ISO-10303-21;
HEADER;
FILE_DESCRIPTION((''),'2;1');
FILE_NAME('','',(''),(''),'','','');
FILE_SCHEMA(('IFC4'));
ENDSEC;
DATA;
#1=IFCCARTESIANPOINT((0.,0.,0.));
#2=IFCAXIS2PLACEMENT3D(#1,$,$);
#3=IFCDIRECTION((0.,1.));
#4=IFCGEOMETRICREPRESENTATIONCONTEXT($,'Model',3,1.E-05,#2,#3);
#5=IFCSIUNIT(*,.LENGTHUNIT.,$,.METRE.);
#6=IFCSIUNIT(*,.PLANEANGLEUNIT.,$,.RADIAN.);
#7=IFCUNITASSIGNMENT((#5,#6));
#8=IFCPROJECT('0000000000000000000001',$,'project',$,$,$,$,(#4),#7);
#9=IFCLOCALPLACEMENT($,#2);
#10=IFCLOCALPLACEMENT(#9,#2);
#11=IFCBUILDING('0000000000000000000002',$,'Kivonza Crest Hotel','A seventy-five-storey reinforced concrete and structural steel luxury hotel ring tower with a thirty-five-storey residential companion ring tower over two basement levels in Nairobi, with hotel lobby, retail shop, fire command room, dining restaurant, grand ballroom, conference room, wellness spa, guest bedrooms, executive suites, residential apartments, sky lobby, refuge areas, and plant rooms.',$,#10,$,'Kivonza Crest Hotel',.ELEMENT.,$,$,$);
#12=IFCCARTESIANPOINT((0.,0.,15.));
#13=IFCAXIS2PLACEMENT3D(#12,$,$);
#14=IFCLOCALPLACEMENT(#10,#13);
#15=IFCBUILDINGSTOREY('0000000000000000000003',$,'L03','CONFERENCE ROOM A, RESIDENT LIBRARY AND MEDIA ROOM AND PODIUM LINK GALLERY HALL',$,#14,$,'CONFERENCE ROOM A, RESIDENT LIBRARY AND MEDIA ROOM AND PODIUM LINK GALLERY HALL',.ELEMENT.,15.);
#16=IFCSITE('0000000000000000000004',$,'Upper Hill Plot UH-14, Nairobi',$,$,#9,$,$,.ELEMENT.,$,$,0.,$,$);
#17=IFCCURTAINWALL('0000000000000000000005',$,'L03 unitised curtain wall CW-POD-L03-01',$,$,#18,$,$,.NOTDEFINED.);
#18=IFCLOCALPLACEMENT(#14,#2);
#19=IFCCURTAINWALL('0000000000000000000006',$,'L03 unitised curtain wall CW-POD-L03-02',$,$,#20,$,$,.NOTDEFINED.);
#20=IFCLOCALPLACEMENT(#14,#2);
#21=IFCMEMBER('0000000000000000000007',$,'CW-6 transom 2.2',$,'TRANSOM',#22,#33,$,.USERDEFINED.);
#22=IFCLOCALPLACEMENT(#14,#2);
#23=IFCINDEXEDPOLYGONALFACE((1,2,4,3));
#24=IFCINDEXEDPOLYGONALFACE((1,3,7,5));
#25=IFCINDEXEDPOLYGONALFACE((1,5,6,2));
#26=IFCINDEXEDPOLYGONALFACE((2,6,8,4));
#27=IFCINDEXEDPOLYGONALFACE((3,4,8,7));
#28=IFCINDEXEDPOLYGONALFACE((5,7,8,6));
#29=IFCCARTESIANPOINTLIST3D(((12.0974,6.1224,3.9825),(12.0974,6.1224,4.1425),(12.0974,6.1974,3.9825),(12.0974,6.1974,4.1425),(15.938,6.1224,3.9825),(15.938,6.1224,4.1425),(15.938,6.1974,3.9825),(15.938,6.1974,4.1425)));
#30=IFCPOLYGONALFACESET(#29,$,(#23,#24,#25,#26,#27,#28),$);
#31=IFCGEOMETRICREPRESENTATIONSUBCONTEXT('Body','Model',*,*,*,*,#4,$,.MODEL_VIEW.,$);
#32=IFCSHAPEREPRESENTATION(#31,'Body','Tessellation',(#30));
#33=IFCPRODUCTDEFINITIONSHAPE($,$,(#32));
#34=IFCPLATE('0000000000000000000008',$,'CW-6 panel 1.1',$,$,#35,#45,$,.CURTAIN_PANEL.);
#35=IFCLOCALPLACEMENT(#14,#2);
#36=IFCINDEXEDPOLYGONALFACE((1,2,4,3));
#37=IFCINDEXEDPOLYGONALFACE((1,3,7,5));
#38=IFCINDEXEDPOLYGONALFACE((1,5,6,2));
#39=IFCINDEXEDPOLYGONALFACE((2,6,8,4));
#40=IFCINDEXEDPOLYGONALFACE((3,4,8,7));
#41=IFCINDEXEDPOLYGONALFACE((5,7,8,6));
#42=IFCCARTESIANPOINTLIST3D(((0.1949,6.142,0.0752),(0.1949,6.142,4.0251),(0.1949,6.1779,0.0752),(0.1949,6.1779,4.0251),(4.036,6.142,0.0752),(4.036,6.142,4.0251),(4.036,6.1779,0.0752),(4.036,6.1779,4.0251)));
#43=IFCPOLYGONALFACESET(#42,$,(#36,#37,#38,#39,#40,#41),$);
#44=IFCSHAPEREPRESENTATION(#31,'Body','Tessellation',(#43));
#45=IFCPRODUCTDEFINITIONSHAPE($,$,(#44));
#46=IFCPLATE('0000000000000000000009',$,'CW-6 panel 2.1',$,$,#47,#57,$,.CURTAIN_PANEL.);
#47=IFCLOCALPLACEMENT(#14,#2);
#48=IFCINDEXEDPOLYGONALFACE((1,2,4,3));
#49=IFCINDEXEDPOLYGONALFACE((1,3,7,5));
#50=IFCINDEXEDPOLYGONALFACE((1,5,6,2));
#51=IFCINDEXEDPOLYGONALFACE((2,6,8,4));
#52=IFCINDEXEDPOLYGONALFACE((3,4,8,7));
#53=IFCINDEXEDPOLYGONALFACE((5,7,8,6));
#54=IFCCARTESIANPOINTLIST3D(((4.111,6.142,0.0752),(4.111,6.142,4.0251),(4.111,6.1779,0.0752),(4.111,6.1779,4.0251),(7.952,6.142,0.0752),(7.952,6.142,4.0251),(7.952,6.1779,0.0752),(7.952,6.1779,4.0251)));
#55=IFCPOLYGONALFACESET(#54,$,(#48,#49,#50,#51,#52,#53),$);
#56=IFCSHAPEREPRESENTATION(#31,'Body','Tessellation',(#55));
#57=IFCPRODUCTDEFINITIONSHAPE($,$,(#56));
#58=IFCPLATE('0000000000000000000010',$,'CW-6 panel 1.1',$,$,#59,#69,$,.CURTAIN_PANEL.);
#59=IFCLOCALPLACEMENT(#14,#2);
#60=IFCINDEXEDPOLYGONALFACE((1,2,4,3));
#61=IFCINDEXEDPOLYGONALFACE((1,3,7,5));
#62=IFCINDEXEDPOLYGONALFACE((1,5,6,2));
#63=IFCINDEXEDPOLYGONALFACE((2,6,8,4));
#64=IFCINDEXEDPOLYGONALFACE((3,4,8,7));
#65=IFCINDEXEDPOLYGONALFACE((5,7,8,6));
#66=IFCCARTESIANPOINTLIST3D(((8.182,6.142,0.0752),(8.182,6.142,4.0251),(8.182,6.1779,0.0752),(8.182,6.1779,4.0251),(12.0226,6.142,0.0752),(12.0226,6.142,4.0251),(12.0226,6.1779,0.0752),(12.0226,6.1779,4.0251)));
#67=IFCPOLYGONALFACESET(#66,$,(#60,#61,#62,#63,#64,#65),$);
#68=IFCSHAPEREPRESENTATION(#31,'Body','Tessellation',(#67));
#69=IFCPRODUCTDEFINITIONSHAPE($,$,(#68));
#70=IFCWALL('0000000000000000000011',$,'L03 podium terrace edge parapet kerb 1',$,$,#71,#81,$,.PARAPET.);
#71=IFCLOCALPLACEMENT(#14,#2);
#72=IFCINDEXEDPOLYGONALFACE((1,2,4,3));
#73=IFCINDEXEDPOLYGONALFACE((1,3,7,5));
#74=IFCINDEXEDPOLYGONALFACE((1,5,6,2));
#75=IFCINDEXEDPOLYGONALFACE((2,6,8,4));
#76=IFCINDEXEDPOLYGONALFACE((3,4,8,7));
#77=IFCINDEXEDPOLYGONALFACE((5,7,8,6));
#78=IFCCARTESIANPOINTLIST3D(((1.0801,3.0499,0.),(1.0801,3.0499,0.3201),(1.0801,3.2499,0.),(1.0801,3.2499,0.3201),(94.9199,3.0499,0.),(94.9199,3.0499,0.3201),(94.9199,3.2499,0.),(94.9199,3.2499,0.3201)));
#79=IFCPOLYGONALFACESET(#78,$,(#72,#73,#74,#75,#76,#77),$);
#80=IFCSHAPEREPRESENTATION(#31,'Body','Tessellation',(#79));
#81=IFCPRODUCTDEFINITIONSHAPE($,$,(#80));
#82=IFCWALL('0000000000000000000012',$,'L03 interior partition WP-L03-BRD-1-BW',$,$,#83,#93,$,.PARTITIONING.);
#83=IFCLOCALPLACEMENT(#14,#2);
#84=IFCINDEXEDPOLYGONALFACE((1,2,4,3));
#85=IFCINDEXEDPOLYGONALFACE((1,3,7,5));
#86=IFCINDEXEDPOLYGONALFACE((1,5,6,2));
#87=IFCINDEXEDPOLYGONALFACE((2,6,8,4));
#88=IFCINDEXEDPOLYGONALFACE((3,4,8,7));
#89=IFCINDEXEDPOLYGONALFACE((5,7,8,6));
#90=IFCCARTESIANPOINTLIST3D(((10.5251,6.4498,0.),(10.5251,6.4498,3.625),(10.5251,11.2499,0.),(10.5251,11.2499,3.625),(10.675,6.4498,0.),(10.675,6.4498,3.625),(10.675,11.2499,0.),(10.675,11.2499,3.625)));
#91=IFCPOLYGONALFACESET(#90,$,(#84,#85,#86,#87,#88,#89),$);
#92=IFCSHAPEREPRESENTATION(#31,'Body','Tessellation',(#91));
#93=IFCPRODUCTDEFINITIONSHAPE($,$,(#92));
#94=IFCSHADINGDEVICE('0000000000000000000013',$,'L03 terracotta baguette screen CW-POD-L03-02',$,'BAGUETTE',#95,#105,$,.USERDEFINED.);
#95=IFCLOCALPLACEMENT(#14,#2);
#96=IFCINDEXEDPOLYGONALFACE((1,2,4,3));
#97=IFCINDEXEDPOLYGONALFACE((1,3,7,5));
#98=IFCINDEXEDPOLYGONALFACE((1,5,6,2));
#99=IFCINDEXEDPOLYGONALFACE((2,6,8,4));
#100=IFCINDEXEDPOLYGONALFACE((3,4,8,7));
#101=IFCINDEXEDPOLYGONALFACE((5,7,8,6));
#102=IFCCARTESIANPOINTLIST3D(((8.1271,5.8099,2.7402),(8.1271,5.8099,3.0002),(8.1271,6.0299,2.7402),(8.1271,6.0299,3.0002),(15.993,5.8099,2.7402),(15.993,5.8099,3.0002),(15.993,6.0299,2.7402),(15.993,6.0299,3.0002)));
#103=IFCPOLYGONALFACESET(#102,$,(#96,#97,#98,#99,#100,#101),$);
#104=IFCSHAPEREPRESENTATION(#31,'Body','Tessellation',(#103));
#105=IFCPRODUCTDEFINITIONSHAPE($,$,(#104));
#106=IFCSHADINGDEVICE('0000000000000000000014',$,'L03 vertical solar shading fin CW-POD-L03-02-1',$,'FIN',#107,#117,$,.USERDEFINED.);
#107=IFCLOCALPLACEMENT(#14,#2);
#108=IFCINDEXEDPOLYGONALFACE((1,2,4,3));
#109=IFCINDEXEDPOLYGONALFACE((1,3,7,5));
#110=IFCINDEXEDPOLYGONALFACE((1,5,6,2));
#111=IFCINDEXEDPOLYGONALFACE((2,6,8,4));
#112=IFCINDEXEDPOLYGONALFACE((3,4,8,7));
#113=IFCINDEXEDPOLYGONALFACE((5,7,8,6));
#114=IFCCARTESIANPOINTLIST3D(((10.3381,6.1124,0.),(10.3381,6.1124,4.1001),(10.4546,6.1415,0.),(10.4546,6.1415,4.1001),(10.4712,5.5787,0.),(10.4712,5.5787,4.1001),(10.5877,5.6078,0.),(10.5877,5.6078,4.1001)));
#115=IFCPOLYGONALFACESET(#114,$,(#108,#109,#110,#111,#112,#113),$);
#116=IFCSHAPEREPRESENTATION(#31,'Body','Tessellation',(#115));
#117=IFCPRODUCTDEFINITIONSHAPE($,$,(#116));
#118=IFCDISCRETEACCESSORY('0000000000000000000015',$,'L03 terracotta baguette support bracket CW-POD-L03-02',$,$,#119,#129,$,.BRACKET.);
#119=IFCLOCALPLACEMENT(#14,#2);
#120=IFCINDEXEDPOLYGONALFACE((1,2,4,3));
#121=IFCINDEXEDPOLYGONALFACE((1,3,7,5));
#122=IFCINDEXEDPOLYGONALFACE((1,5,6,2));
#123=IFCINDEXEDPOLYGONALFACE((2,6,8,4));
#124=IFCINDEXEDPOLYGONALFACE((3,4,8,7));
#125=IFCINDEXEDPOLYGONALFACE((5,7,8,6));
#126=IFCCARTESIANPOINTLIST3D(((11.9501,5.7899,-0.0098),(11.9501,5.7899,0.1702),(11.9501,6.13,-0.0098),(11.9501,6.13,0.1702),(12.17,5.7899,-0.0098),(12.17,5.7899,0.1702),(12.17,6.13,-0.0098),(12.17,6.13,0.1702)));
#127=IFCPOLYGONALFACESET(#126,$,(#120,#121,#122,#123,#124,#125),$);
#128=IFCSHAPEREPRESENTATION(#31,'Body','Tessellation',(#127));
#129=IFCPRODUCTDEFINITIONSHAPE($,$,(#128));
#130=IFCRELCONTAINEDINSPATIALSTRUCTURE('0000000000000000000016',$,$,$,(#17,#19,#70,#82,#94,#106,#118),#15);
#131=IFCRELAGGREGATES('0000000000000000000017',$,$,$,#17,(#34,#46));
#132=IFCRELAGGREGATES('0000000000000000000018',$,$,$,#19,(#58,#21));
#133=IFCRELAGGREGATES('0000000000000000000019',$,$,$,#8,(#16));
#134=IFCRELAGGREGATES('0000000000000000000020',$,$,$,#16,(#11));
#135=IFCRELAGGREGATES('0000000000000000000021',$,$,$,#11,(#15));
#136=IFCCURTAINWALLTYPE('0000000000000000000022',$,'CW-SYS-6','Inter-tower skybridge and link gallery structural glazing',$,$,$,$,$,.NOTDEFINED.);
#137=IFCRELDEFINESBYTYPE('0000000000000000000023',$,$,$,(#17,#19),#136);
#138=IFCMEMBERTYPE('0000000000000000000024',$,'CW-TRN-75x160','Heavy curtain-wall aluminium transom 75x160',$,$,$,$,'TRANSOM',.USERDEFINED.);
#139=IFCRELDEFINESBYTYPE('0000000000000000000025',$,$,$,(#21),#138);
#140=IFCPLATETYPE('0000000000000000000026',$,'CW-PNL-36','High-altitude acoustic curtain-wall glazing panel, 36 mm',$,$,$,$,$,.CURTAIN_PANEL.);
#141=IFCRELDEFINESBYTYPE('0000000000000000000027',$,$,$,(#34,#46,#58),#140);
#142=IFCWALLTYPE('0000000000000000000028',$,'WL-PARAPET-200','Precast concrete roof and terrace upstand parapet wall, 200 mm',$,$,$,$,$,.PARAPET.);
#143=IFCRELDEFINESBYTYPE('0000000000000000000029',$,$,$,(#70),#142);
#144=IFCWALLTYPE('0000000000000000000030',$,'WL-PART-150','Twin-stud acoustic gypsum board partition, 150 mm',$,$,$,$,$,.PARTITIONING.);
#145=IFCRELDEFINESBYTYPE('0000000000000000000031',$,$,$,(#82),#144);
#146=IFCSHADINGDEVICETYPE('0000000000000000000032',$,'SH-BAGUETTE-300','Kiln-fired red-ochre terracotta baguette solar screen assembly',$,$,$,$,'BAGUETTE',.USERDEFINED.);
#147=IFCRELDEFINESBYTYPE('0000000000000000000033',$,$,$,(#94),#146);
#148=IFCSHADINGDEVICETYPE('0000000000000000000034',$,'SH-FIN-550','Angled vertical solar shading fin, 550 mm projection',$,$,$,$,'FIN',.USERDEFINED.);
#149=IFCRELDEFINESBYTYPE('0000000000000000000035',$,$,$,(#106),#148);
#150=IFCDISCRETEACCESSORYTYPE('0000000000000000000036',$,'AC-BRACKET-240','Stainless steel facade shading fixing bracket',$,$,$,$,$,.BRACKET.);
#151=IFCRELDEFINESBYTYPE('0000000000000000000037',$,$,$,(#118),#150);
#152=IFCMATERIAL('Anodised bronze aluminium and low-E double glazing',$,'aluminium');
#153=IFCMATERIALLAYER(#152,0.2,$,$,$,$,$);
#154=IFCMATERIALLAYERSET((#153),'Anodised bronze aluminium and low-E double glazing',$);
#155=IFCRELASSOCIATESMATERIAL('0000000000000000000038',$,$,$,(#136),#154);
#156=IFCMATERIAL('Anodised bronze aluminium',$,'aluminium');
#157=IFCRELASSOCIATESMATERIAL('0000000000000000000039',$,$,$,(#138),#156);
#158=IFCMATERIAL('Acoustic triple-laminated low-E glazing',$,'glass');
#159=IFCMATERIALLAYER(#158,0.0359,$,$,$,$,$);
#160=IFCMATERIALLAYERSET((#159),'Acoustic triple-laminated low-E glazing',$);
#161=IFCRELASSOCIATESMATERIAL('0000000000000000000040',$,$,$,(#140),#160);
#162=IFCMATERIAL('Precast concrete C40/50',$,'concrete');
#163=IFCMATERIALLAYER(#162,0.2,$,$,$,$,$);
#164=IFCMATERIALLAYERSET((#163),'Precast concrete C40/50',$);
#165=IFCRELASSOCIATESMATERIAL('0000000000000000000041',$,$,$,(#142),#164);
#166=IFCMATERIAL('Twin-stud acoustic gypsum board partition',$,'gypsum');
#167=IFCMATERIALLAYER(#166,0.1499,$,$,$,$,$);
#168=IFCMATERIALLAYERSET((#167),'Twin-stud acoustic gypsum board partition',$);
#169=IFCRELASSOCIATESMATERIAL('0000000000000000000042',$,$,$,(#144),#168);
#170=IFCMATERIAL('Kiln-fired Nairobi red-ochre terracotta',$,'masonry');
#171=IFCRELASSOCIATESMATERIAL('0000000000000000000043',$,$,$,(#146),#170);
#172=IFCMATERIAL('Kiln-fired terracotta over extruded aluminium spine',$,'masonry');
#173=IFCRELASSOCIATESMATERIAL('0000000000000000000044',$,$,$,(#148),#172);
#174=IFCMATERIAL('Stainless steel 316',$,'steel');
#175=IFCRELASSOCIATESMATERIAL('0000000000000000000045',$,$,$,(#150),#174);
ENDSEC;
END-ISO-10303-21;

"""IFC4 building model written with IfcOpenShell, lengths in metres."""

from ifc_helpers import new_model, si_unit, direction, frame, frame_2d, origin, origin_2d, place, context, subcontext, project, spatial, rectangle, extrude, material, layer, layer_set, material_profile, profile_set, type_object, element, aggregate, save


model = new_model("IFC4")

# Units and contexts
model_context = context("Model", 3, precision=1e-05, world=origin(), true_north=direction((0.0, 1.0)))
body_context = subcontext(model_context, "Body", "Model", "MODEL_VIEW")
ifc_project = project(units=[si_unit("LENGTHUNIT", "METRE"), si_unit("PLANEANGLEUNIT", "RADIAN")], contexts=[model_context])

# Site, building, storey
site_placement = place(None, origin())
site = spatial("IfcSite", under=ifc_project, at=site_placement, Name="Upper Hill Plot UH-14, Nairobi", CompositionType="ELEMENT", RefElevation=0.0)
building_placement = place(site_placement, origin())
building = spatial("IfcBuilding", under=site, at=building_placement, Name="Kivonza Crest Hotel", Description="A seventy-five-storey reinforced concrete and structural steel luxury hotel ring tower with a thirty-five-storey residential companion ring tower over two basement levels in Nairobi, with hotel lobby, retail shop, fire command room, dining restaurant, grand ballroom, conference room, wellness spa, guest bedrooms, executive suites, residential apartments, sky lobby, refuge areas, and plant rooms.", LongName="Kivonza Crest Hotel", CompositionType="ELEMENT")
storey_placement = place(building_placement, frame((0.0, 0.0, 15.0)))
storey = spatial("IfcBuildingStorey", under=building, at=storey_placement, Name="L03", Description="CONFERENCE ROOM A, RESIDENT LIBRARY AND MEDIA ROOM AND PODIUM LINK GALLERY HALL", LongName="CONFERENCE ROOM A, RESIDENT LIBRARY AND MEDIA ROOM AND PODIUM LINK GALLERY HALL", CompositionType="ELEMENT", Elevation=15.0)

# Curtain walls
ifc_material_1 = material(Name="Anodised bronze aluminium and low-E double glazing", Category="aluminium")
ifc_layer_1 = layer(ifc_material_1, 0.2)
ifc_layer_set_1 = layer_set([ifc_layer_1], Name="Anodised bronze aluminium and low-E double glazing")
curtain_wall_type = type_object("IfcCurtainWallType", Name="CW-SYS-6", Description="Inter-tower skybridge and link gallery structural glazing", PredefinedType="NOTDEFINED", material=ifc_layer_set_1)
curtain_wall_1_placement = place(storey_placement, origin())
curtain_wall_1 = element("IfcCurtainWall", 1, at=curtain_wall_1_placement, inside=storey, type_object=curtain_wall_type, Name="L03 unitised curtain wall CW-POD-L03-01", PredefinedType="NOTDEFINED")
ifc_material_2 = material(Name="Anodised bronze aluminium", Category="aluminium")
curtain_wall_2_placement = place(storey_placement, origin())
curtain_wall_2 = element("IfcCurtainWall", 2, at=curtain_wall_2_placement, inside=storey, type_object=curtain_wall_type, Name="L03 unitised curtain wall CW-POD-L03-02", PredefinedType="NOTDEFINED")

# Member
ifc_material_profile_1 = material_profile(ifc_material_2, rectangle(XDim=0.075, YDim=0.1599, at=origin_2d()), Name="CW-T 75x160")
ifc_profile_set_1 = profile_set([ifc_material_profile_1], Name="Anodised bronze aluminium")
member_type_1 = type_object("IfcMemberType", Name="CW-TRN-75x160", Description="Heavy curtain-wall aluminium transom 75x160", ElementType="TRANSOM", PredefinedType="USERDEFINED", material=ifc_profile_set_1)
member_1_placement = place(storey_placement, frame((12.0974, 6.1599, 4.0625), z_axis=(1.0, 0.0, 0.0), x_axis=(0.0, 1.0, 0.0)))
member_1 = element("IfcMember", 3, at=member_1_placement, type_object=member_type_1, Name="CW-6 transom 2.2", ObjectType="TRANSOM", PredefinedType="USERDEFINED", context=body_context, shape_type="SweptSolid", body=[
    extrude(rectangle(XDim=0.075, YDim=0.1599, at=origin_2d()), origin(), (0.0, 0.0, 1.0), 3.8406),
])

# Plates
ifc_material_3 = material(Name="Acoustic triple-laminated low-E glazing", Category="glass")
ifc_layer_2 = layer(ifc_material_3, 0.0359)
ifc_layer_set_2 = layer_set([ifc_layer_2], Name="Acoustic triple-laminated low-E glazing")
plate_type = type_object("IfcPlateType", Name="CW-PNL-36", Description="High-altitude acoustic curtain-wall glazing panel, 36 mm", PredefinedType="CURTAIN_PANEL", material=ifc_layer_set_2)
plate_1_placement = place(storey_placement, frame((2.1155, 6.1599, 0.0752), z_axis=(0.0, 0.0, 1.0), x_axis=(1.0, 0.0, 0.0)))
plate_1 = element("IfcPlate", 4, at=plate_1_placement, type_object=plate_type, Name="CW-6 panel 1.1", PredefinedType="CURTAIN_PANEL", context=body_context, shape_type="SweptSolid", body=[
    extrude(rectangle(XDim=3.8411, YDim=0.0359, at=origin_2d()), origin(), (0.0, 0.0, 1.0), 3.95),
])
plate_2_placement = place(storey_placement, frame((6.0315, 6.1599, 0.0752), z_axis=(0.0, 0.0, 1.0), x_axis=(1.0, 0.0, 0.0)))
plate_2 = element("IfcPlate", 5, at=plate_2_placement, type_object=plate_type, Name="CW-6 panel 2.1", PredefinedType="CURTAIN_PANEL", context=body_context, shape_type="SweptSolid", body=[
    extrude(rectangle(XDim=3.8411, YDim=0.0359, at=origin_2d()), origin(), (0.0, 0.0, 1.0), 3.95),
])
aggregate(curtain_wall_1, [plate_1, plate_2])
plate_3_placement = place(storey_placement, frame((10.1023, 6.1599, 0.0752), z_axis=(0.0, 0.0, 1.0), x_axis=(1.0, 0.0, 0.0)))
plate_3 = element("IfcPlate", 6, at=plate_3_placement, type_object=plate_type, Name="CW-6 panel 1.1", PredefinedType="CURTAIN_PANEL", context=body_context, shape_type="SweptSolid", body=[
    extrude(rectangle(XDim=3.8406, YDim=0.0359, at=origin_2d()), origin(), (0.0, 0.0, 1.0), 3.95),
])
aggregate(curtain_wall_2, [plate_3, member_1])

# Walls
ifc_material_4 = material(Name="Precast concrete C40/50", Category="concrete")
ifc_layer_3 = layer(ifc_material_4, 0.2)
ifc_layer_set_3 = layer_set([ifc_layer_3], Name="Precast concrete C40/50")
wall_type_1 = type_object("IfcWallType", Name="WL-PARAPET-200", Description="Precast concrete roof and terrace upstand parapet wall, 200 mm", PredefinedType="PARAPET", material=ifc_layer_set_3)
wall_1_placement = place(storey_placement, frame((1.0801, 3.1499, 0.0), z_axis=(0.0, 0.0, 1.0), x_axis=(1.0, 0.0, 0.0)))
element("IfcWall", 7, at=wall_1_placement, inside=storey, type_object=wall_type_1, Name="L03 podium terrace edge parapet kerb 1", PredefinedType="PARAPET", context=body_context, shape_type="SweptSolid", body=[
    extrude(rectangle(XDim=93.8398, YDim=0.2, at=frame_2d((46.9199, 0.0))), origin(), (0.0, 0.0, 1.0), 0.3201),
])
ifc_material_5 = material(Name="Twin-stud acoustic gypsum board partition", Category="gypsum")
ifc_layer_4 = layer(ifc_material_5, 0.1499)
ifc_layer_set_4 = layer_set([ifc_layer_4], Name="Twin-stud acoustic gypsum board partition")
wall_type_2 = type_object("IfcWallType", Name="WL-PART-150", Description="Twin-stud acoustic gypsum board partition, 150 mm", PredefinedType="PARTITIONING", material=ifc_layer_set_4)
wall_2_placement = place(storey_placement, frame((10.6001, 6.45, 0.0), z_axis=(0.0, 0.0, 1.0), x_axis=(0.0, 1.0, 0.0)))
element("IfcWall", 8, at=wall_2_placement, inside=storey, type_object=wall_type_2, Name="L03 interior partition WP-L03-BRD-1-BW", PredefinedType="PARTITIONING", context=body_context, shape_type="SweptSolid", body=[
    extrude(rectangle(XDim=4.8, YDim=0.1499, at=frame_2d((2.3999, 0.0))), origin(), (0.0, 0.0, 1.0), 3.625),
])

# Shading devices
ifc_material_6 = material(Name="Kiln-fired Nairobi red-ochre terracotta", Category="masonry")
shading_device_type_1 = type_object("IfcShadingDeviceType", Name="SH-BAGUETTE-300", Description="Kiln-fired red-ochre terracotta baguette solar screen assembly", ElementType="BAGUETTE", PredefinedType="USERDEFINED", material=ifc_material_6)
shading_device_1_placement = place(storey_placement, frame((12.0601, 5.9199, 2.7402), z_axis=(0.0, 0.0, 1.0), x_axis=(1.0, 0.0, 0.0)))
element("IfcShadingDevice", 9, at=shading_device_1_placement, inside=storey, type_object=shading_device_type_1, Name="L03 terracotta baguette screen CW-POD-L03-02", ObjectType="BAGUETTE", PredefinedType="USERDEFINED", context=body_context, shape_type="SweptSolid", body=[
    extrude(rectangle(XDim=7.866, YDim=0.22, at=origin_2d()), origin(), (0.0, 0.0, 1.0), 0.26),
])
ifc_material_7 = material(Name="Kiln-fired terracotta over extruded aluminium spine", Category="masonry")
shading_device_type_2 = type_object("IfcShadingDeviceType", Name="SH-FIN-550", Description="Angled vertical solar shading fin, 550 mm projection", ElementType="FIN", PredefinedType="USERDEFINED", material=ifc_material_7)
shading_device_2_placement = place(storey_placement, frame((10.4629, 5.8601, 0.0), z_axis=(0.0, 0.0, 1.0), x_axis=(0.970296, 0.241922, 0.0)))
element("IfcShadingDevice", 10, at=shading_device_2_placement, inside=storey, type_object=shading_device_type_2, Name="L03 vertical solar shading fin CW-POD-L03-02-1", ObjectType="FIN", PredefinedType="USERDEFINED", context=body_context, shape_type="SweptSolid", body=[
    extrude(rectangle(XDim=0.1201, YDim=0.55, at=origin_2d()), origin(), (0.0, 0.0, 1.0), 4.1001),
])

# Discrete accessory
ifc_material_8 = material(Name="Stainless steel 316", Category="steel")
discrete_accessory_type = type_object("IfcDiscreteAccessoryType", Name="AC-BRACKET-240", Description="Stainless steel facade shading fixing bracket", PredefinedType="BRACKET", material=ifc_material_8)
discrete_accessory_placement = place(storey_placement, frame((12.0601, 5.96, -0.0098), z_axis=(0.0, 0.0, 1.0), x_axis=(1.0, 0.0, 0.0)))
element("IfcDiscreteAccessory", 11, at=discrete_accessory_placement, inside=storey, type_object=discrete_accessory_type, Name="L03 terracotta baguette support bracket CW-POD-L03-02", PredefinedType="BRACKET", context=body_context, shape_type="SweptSolid", body=[
    extrude(rectangle(XDim=0.22, YDim=0.3401, at=origin_2d()), origin(), (0.0, 0.0, 1.0), 0.1799),
])

save(model, "model.ifc")
